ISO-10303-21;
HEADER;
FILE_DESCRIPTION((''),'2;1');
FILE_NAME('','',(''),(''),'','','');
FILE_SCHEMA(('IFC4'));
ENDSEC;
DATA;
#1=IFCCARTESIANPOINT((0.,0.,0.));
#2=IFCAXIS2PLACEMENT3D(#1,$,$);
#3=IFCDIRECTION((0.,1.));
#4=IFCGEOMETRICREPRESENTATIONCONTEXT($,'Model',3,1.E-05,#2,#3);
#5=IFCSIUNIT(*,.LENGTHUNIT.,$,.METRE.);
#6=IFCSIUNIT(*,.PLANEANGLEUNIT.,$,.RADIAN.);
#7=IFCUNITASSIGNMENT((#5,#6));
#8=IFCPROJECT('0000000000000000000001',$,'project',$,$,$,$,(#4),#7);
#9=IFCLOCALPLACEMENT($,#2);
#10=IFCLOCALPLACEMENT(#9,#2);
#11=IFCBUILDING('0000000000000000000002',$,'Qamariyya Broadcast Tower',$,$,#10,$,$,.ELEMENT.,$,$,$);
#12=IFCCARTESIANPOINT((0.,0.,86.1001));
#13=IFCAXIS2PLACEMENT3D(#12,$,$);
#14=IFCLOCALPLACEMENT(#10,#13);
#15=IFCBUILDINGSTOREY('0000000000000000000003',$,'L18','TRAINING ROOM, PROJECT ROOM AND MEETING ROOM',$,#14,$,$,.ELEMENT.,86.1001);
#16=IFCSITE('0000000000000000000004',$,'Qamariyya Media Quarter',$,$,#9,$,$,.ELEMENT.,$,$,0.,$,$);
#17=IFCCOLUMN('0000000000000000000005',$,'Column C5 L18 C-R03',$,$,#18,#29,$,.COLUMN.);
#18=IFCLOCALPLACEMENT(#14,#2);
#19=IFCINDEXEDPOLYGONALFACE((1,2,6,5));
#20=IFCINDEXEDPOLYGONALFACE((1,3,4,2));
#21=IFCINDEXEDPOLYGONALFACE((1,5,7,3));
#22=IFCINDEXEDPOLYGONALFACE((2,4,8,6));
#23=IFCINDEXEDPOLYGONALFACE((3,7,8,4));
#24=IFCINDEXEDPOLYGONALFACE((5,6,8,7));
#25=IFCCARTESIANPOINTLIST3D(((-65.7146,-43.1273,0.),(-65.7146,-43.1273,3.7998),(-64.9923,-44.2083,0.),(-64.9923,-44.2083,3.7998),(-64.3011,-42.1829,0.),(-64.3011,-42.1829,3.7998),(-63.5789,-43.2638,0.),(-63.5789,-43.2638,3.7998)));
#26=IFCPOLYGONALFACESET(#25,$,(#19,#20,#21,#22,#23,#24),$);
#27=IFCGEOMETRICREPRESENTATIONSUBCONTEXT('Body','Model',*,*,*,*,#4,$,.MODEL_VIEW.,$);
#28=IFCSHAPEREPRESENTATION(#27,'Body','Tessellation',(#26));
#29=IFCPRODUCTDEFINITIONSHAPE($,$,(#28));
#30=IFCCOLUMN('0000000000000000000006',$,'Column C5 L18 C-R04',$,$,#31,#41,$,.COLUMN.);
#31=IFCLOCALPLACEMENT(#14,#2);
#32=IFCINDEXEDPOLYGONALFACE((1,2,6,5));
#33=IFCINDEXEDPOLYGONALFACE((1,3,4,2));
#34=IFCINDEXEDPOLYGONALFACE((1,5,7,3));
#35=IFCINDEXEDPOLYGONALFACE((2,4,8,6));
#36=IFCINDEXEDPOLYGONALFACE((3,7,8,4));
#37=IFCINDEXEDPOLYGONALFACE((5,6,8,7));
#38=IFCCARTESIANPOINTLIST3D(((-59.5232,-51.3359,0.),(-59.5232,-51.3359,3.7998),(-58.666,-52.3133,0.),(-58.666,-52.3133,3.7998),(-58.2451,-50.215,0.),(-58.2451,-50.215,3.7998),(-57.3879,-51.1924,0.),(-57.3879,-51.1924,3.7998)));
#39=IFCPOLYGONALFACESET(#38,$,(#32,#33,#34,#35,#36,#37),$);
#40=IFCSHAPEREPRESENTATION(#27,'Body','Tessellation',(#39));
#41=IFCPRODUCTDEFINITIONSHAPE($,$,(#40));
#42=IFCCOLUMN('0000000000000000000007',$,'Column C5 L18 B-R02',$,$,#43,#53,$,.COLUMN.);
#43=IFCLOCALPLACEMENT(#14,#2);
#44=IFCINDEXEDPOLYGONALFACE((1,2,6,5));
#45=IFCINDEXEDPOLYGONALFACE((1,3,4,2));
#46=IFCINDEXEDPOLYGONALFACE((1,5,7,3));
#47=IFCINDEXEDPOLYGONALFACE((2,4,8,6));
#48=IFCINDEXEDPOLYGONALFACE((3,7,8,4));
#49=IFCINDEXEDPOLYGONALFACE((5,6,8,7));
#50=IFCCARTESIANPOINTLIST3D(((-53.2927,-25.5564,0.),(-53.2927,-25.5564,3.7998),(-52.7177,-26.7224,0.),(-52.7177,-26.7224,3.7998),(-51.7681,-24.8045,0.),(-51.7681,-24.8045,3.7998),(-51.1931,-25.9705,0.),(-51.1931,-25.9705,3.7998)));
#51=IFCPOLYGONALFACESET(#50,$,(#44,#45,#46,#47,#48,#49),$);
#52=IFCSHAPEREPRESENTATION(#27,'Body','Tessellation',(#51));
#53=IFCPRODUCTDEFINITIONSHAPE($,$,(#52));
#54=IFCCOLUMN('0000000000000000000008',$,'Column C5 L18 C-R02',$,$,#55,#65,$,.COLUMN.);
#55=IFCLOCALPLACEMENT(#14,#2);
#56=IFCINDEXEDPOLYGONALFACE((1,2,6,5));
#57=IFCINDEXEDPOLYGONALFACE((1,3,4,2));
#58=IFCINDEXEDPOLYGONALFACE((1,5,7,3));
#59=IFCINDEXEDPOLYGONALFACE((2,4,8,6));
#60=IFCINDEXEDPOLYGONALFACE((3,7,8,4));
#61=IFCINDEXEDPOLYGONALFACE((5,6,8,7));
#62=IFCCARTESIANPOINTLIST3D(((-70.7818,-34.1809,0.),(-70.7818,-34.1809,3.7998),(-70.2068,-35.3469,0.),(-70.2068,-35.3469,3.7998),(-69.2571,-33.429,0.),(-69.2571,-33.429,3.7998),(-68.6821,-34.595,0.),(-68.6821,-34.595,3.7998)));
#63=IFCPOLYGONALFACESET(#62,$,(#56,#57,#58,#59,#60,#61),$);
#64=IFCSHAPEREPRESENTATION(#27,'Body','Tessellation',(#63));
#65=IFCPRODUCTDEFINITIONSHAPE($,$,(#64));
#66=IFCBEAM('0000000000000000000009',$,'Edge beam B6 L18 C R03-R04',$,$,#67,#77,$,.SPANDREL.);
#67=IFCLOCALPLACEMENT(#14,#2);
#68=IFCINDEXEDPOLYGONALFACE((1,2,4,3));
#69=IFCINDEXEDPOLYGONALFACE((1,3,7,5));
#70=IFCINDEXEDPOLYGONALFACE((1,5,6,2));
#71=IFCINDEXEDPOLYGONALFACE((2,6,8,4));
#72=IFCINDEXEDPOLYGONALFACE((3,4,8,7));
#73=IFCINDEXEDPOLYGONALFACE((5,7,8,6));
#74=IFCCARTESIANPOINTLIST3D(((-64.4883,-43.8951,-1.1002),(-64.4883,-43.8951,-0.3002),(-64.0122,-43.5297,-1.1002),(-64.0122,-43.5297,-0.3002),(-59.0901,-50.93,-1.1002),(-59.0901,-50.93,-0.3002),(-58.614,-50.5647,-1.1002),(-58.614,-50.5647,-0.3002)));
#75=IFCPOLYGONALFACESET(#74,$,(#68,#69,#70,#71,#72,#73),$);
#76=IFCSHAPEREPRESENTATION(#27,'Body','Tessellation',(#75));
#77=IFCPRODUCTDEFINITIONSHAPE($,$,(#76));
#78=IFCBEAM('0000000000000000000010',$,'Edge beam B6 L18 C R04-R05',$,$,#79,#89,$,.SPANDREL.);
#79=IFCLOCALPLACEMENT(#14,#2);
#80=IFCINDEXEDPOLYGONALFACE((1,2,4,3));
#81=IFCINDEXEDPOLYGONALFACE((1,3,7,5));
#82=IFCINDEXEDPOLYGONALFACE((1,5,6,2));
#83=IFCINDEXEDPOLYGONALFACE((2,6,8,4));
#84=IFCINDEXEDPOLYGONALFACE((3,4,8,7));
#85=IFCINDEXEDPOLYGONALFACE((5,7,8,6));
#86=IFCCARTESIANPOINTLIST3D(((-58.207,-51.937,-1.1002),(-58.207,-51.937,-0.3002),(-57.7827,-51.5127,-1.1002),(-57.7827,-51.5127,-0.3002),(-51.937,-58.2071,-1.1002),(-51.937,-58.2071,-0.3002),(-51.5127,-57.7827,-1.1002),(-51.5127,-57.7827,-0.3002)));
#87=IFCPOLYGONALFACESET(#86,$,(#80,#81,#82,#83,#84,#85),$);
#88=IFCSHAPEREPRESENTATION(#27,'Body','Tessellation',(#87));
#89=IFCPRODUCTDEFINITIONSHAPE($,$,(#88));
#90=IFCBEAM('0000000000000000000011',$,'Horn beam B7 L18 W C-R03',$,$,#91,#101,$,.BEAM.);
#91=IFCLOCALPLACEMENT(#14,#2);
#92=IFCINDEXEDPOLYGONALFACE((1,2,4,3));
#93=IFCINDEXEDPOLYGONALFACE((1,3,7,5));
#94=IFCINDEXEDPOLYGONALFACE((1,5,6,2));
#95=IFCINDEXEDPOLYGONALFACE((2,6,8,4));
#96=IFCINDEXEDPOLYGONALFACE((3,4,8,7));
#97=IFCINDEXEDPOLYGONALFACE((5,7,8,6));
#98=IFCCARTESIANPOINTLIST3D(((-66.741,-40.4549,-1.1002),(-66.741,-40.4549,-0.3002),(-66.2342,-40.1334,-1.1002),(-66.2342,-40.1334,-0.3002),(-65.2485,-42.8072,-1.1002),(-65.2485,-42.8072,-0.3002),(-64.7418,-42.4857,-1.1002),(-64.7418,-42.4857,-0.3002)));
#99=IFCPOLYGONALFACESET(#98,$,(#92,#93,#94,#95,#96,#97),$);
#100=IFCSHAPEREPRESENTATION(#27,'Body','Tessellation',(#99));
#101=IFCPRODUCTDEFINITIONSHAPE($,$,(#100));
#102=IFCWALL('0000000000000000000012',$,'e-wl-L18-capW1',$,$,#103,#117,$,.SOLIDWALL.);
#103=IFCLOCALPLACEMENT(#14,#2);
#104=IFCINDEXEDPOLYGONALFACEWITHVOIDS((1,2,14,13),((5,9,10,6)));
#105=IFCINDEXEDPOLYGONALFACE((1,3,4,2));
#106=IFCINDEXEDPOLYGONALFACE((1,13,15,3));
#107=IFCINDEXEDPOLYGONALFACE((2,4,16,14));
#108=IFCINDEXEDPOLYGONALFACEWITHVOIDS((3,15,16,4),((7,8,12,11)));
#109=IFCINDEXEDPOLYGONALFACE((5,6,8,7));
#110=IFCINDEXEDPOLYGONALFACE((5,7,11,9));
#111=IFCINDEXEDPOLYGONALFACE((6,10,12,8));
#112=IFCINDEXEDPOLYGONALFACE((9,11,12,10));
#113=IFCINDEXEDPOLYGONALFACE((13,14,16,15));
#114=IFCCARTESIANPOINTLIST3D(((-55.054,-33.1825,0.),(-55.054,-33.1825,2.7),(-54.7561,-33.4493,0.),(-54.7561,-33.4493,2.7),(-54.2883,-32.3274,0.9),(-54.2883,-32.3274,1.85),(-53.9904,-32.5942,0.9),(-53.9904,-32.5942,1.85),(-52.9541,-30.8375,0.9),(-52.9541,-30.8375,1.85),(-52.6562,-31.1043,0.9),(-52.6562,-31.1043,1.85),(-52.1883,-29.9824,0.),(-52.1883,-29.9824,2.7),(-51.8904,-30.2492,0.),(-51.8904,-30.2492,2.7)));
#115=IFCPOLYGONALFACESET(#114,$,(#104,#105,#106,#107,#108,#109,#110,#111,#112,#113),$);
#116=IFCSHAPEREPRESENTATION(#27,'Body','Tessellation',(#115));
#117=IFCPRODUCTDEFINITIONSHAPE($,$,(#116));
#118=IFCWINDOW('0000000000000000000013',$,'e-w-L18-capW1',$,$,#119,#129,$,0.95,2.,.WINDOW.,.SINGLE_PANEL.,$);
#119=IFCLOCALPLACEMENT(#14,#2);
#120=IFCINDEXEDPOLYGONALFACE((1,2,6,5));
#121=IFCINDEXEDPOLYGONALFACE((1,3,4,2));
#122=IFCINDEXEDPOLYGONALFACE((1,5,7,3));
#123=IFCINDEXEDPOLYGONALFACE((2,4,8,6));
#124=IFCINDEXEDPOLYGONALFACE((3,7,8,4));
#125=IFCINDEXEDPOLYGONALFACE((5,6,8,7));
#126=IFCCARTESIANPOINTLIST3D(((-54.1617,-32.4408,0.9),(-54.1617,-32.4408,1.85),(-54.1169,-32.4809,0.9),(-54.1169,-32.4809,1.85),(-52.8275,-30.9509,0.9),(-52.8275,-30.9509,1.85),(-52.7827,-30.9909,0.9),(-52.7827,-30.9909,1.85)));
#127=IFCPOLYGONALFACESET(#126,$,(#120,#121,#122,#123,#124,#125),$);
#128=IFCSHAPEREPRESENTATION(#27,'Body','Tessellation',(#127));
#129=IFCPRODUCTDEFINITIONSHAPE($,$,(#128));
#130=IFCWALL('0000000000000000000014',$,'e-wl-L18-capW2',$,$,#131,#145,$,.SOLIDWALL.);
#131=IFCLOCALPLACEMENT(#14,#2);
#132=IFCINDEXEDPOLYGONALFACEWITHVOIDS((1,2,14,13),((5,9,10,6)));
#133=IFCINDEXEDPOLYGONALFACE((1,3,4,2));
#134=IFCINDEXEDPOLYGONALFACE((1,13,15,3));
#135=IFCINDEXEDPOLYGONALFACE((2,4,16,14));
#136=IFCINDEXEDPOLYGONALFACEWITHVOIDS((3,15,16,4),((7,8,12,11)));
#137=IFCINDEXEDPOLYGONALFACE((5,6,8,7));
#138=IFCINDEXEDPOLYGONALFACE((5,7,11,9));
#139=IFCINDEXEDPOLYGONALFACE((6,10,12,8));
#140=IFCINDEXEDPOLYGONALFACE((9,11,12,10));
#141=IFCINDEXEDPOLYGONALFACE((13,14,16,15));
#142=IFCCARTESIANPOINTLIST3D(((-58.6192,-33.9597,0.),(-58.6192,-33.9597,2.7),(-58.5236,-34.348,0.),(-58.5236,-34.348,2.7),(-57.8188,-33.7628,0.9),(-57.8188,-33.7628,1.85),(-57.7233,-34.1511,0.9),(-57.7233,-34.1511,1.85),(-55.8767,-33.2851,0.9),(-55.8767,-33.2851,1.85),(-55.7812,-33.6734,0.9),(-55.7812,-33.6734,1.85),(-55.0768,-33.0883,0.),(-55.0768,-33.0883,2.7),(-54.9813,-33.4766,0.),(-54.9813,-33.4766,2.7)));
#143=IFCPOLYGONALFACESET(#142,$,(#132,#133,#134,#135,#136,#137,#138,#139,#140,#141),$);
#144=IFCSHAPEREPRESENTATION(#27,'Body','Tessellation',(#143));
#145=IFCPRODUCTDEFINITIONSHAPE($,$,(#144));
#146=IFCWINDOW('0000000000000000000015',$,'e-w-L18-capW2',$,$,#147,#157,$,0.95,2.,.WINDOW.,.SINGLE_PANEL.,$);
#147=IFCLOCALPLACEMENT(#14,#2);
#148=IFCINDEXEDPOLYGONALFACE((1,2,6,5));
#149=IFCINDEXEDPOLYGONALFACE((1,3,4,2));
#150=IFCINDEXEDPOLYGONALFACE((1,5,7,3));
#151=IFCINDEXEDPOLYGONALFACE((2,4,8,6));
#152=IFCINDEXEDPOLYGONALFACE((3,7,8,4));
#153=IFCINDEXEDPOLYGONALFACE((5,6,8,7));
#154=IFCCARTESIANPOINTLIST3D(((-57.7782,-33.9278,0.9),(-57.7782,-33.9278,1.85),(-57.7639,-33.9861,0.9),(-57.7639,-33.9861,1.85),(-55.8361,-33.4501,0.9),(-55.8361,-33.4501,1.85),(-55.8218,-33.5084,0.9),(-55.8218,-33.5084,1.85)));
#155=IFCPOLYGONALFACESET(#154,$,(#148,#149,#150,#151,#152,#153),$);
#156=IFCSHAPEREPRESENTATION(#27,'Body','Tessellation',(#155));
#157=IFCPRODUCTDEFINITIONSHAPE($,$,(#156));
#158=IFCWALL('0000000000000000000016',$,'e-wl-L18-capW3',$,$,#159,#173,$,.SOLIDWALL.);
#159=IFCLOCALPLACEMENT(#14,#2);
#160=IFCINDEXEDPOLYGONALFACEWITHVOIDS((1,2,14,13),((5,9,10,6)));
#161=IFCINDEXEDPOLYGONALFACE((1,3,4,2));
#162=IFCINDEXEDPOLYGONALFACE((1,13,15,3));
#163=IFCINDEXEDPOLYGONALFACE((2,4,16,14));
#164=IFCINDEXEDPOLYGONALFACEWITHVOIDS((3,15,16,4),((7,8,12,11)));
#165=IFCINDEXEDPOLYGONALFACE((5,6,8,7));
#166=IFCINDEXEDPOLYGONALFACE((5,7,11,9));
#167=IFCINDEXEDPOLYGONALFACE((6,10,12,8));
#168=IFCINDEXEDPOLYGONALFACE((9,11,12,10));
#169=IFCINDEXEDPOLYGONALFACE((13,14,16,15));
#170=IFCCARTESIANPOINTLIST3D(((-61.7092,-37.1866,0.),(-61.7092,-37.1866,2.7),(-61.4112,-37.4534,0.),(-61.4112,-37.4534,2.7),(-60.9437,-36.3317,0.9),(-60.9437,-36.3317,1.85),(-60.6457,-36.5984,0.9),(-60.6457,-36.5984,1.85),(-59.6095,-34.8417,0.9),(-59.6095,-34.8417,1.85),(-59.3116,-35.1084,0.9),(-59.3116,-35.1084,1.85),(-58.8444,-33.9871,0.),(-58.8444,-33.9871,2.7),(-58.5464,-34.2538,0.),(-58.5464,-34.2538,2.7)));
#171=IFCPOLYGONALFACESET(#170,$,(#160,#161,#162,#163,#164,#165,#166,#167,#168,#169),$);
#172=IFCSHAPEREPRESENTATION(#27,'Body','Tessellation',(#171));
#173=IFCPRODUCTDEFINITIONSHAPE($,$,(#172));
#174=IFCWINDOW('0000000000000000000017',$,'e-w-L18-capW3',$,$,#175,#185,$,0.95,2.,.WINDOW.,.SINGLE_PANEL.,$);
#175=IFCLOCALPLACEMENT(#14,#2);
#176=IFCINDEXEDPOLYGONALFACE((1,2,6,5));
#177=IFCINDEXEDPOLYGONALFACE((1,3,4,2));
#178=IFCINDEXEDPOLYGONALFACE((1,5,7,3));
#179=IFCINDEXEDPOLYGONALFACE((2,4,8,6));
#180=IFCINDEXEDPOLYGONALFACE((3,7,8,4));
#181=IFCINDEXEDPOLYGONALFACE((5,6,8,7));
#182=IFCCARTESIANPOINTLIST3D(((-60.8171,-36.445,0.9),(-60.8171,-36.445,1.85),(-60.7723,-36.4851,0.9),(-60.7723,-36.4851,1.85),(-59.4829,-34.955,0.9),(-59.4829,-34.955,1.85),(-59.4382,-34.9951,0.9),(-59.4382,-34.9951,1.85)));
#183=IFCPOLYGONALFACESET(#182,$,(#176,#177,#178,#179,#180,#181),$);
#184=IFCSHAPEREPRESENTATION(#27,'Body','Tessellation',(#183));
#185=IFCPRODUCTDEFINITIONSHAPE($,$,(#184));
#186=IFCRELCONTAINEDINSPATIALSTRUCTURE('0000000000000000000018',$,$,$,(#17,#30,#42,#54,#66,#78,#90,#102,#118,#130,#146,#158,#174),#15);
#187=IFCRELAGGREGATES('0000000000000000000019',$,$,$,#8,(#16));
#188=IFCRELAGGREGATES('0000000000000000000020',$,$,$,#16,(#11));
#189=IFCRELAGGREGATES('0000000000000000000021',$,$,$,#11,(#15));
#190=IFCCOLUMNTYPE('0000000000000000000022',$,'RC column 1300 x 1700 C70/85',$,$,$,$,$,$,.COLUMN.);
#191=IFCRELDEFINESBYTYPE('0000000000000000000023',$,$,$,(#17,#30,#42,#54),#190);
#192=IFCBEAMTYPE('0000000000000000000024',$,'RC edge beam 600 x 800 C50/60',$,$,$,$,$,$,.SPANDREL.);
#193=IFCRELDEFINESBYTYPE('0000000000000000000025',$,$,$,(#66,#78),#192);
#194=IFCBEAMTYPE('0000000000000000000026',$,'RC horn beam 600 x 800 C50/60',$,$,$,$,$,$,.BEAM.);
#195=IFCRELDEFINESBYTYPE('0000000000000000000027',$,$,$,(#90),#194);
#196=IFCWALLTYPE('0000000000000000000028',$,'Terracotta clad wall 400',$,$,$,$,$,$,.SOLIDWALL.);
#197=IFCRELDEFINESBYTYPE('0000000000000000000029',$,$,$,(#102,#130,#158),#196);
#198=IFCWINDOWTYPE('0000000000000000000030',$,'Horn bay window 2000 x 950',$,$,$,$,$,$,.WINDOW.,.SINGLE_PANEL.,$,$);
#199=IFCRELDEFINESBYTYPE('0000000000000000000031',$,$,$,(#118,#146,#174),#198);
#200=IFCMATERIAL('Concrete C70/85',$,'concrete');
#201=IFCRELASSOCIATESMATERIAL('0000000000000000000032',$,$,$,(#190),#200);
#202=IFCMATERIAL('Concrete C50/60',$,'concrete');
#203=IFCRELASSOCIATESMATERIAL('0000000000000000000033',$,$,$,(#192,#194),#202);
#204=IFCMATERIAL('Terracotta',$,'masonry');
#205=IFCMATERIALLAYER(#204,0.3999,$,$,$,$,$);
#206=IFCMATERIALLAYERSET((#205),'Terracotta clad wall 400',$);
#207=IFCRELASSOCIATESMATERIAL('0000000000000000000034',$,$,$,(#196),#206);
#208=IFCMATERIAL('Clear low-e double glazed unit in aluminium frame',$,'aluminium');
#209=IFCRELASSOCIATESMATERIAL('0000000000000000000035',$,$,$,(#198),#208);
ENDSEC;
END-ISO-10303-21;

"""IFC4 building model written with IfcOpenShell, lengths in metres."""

from ifc_helpers import new_model, si_unit, direction, frame, frame_2d, origin, origin_2d, place, context, subcontext, project, spatial, rectangle, extrude, material, layer, layer_set, material_profile, profile_set, type_object, element, fill, save


model = new_model("IFC4")

# Units and contexts
model_context = context("Model", 3, precision=1e-05, world=origin(), true_north=direction((0.0, 1.0)))
body_context = subcontext(model_context, "Body", "Model", "MODEL_VIEW")
ifc_project = project(units=[si_unit("LENGTHUNIT", "METRE"), si_unit("PLANEANGLEUNIT", "RADIAN")], contexts=[model_context])

# Site, building, storey
site_placement = place(None, origin())
site = spatial("IfcSite", under=ifc_project, at=site_placement, Name="Qamariyya Media Quarter", CompositionType="ELEMENT", RefElevation=0.0)
building_placement = place(site_placement, origin())
building = spatial("IfcBuilding", under=site, at=building_placement, Name="Qamariyya Broadcast Tower", CompositionType="ELEMENT")
storey_placement = place(building_placement, frame((0.0, 0.0, 86.1001)))
storey = spatial("IfcBuildingStorey", under=building, at=storey_placement, Name="L18", Description="TRAINING ROOM, PROJECT ROOM AND MEETING ROOM", CompositionType="ELEMENT", Elevation=86.1001)

# Columns
ifc_material_1 = material(Name="Concrete C70/85", Category="concrete")
ifc_material_profile_1 = material_profile(ifc_material_1, rectangle(XDim=1.3, YDim=1.7, at=origin_2d()))
ifc_profile_set_1 = profile_set([ifc_material_profile_1], Name="Concrete C70/85")
column_type = type_object("IfcColumnType", Name="RC column 1300 x 1700 C70/85", PredefinedType="COLUMN", material=ifc_profile_set_1)
for number, where, z_axis, x_axis, name in (
    (1, (-64.6467, -43.1956, 0.0), (0.0, 0.0, 1.0), (0.55557, -0.83147, 0.0), "Column C5 L18 C-R03"),
    (2, (-58.4556, -51.2642, 0.0), (0.0, 0.0, 1.0), (0.659346, -0.75184, 0.0), "Column C5 L18 C-R04"),
    (3, (-52.2429, -25.7634, 0.0), (0.0, 0.0, 1.0), (0.442289, -0.896873, 0.0), "Column C5 L18 B-R02"),
    (4, (-69.7319, -34.3879, 0.0), (0.0, 0.0, 1.0), (0.442289, -0.896873, 0.0), "Column C5 L18 C-R02"),
):
    element("IfcColumn", number, at=place(storey_placement, frame(where, z_axis=z_axis, x_axis=x_axis)), inside=storey, type_object=column_type, Name=name, PredefinedType="COLUMN", context=body_context, shape_type="SweptSolid", body=[
        extrude(rectangle(XDim=1.3, YDim=1.7, at=origin_2d()), origin(), (0.0, 0.0, 1.0), 3.7998),
    ])

# Beams
ifc_material_2 = material(Name="Concrete C50/60", Category="concrete")
ifc_material_profile_2 = material_profile(ifc_material_2, rectangle(XDim=0.6001, YDim=0.8, at=origin_2d()))
ifc_profile_set_2 = profile_set([ifc_material_profile_2], Name="Concrete C50/60")
beam_type_1 = type_object("IfcBeamType", Name="RC edge beam 600 x 800 C50/60", PredefinedType="SPANDREL", material=ifc_profile_set_2)
beam_1_placement = place(storey_placement, frame((-64.2502, -43.7124, -0.7002), z_axis=(0.60877, -0.793347, 0.0), x_axis=(0.793347, 0.60877, 0.0)))
element("IfcBeam", 5, at=beam_1_placement, inside=storey, type_object=beam_type_1, Name="Edge beam B6 L18 C R03-R04", PredefinedType="SPANDREL", context=body_context, shape_type="SweptSolid", body=[
    extrude(rectangle(XDim=0.6001, YDim=0.8, at=origin_2d()), origin(), (0.0, 0.0, 1.0), 8.8674),
])
beam_2_placement = place(storey_placement, frame((-57.9949, -51.7249, -0.7002), z_axis=(0.707107, -0.707107, 0.0), x_axis=(0.707107, 0.707107, 0.0)))
element("IfcBeam", 6, at=beam_2_placement, inside=storey, type_object=beam_type_1, Name="Edge beam B6 L18 C R04-R05", PredefinedType="SPANDREL", context=body_context, shape_type="SweptSolid", body=[
    extrude(rectangle(XDim=0.6001, YDim=0.8, at=origin_2d()), origin(), (0.0, 0.0, 1.0), 8.8672),
])
ifc_material_profile_3 = material_profile(ifc_material_2, rectangle(XDim=0.6001, YDim=0.8, at=origin_2d()))
ifc_profile_set_3 = profile_set([ifc_material_profile_3], Name="Concrete C50/60")
beam_type_2 = type_object("IfcBeamType", Name="RC horn beam 600 x 800 C50/60", PredefinedType="BEAM", material=ifc_profile_set_3)
beam_3_placement = place(storey_placement, frame((-64.9951, -42.6465, -0.7002), z_axis=(-0.53573, 0.84439, 0.0), x_axis=(-0.84439, -0.53573, 0.0)))
element("IfcBeam", 7, at=beam_3_placement, inside=storey, type_object=beam_type_2, Name="Horn beam B7 L18 W C-R03", PredefinedType="BEAM", context=body_context, shape_type="SweptSolid", body=[
    extrude(rectangle(XDim=0.6001, YDim=0.8, at=origin_2d()), origin(), (0.0, 0.0, 1.0), 2.7859),
])

# Walls, openings, windows
ifc_material_3 = material(Name="Terracotta", Category="masonry")
ifc_layer = layer(ifc_material_3, 0.3999)
ifc_layer_set = layer_set([ifc_layer], Name="Terracotta clad wall 400")
wall_type = type_object("IfcWallType", Name="Terracotta clad wall 400", PredefinedType="SOLIDWALL", material=ifc_layer_set)
wall_1_placement = place(storey_placement, frame((-52.0393, -30.1157, 0.0), z_axis=(0.0, 0.0, 1.0), x_axis=(-0.667104, -0.744965, 0.0)))
wall_1 = element("IfcWall", 8, at=wall_1_placement, inside=storey, type_object=wall_type, Name="e-wl-L18-capW1", PredefinedType="SOLIDWALL", context=body_context, shape_type="SweptSolid", body=[
    extrude(rectangle(XDim=4.2957, YDim=0.3999, at=frame_2d((2.1479, 0.0))), origin(), (0.0, 0.0, 1.0), 2.7),
])
opening_1_placement = place(wall_1_placement, frame((1.1479, 0.0, 0.8999)))
opening_1 = element("IfcOpeningElement", 9, at=opening_1_placement, cuts=wall_1, PredefinedType="OPENING", context=body_context, shape_type="SweptSolid", body=[
    extrude(rectangle(XDim=2.0, YDim=0.95, at=frame_2d((1.0, 0.4751))), frame((0.0, 0.21, 0.0), z_axis=(0.0, -1.0, 0.0), x_axis=(1.0, 0.0, 0.0)), (0.0, 0.0, 1.0), 0.4199),
])
ifc_material_4 = material(Name="Clear low-e double glazed unit in aluminium frame", Category="aluminium")
window_type = type_object("IfcWindowType", Name="Horn bay window 2000 x 950", PartitioningType="SINGLE_PANEL", PredefinedType="WINDOW", material=ifc_material_4)
window_1_placement = place(opening_1_placement, origin())
window_1 = element("IfcWindow", 10, at=window_1_placement, inside=storey, type_object=window_type, Name="e-w-L18-capW1", OverallHeight=0.95, OverallWidth=2.0, PartitioningType="SINGLE_PANEL", PredefinedType="WINDOW", context=body_context, shape_type="SweptSolid", body=[
    extrude(rectangle(XDim=2.0, YDim=0.95, at=frame_2d((1.0, 0.4751))), frame((0.0, 0.03, 0.0), z_axis=(0.0, -1.0, 0.0), x_axis=(1.0, 0.0, 0.0)), (0.0, 0.0, 1.0), 0.0601),
])
fill(opening_1, window_1)
wall_2_placement = place(storey_placement, frame((-55.0291, -33.2825, 0.0), z_axis=(0.0, 0.0, 1.0), x_axis=(-0.971053, -0.238865, 0.0)))
wall_2 = element("IfcWall", 11, at=wall_2_placement, inside=storey, type_object=wall_type, Name="e-wl-L18-capW2", PredefinedType="SOLIDWALL", context=body_context, shape_type="SweptSolid", body=[
    extrude(rectangle(XDim=3.6479, YDim=0.3999, at=frame_2d((1.824, 0.0))), origin(), (0.0, 0.0, 1.0), 2.7),
])
opening_2_placement = place(wall_2_placement, frame((0.8237, 0.0, 0.8999)))
opening_2 = element("IfcOpeningElement", 12, at=opening_2_placement, cuts=wall_2, PredefinedType="OPENING", context=body_context, shape_type="SweptSolid", body=[
    extrude(rectangle(XDim=2.0, YDim=0.95, at=frame_2d((1.0, 0.4751))), frame((0.0, 0.21, 0.0), z_axis=(0.0, -1.0, 0.0), x_axis=(1.0, 0.0, 0.0)), (0.0, 0.0, 1.0), 0.4199),
])
window_2_placement = place(opening_2_placement, origin())
window_2 = element("IfcWindow", 13, at=window_2_placement, inside=storey, type_object=window_type, Name="e-w-L18-capW2", OverallHeight=0.95, OverallWidth=2.0, PartitioningType="SINGLE_PANEL", PredefinedType="WINDOW", context=body_context, shape_type="SweptSolid", body=[
    extrude(rectangle(XDim=2.0, YDim=0.95, at=frame_2d((1.0, 0.4751))), frame((0.0, 0.03, 0.0), z_axis=(0.0, -1.0, 0.0), x_axis=(1.0, 0.0, 0.0)), (0.0, 0.0, 1.0), 0.0601),
])
fill(opening_2, window_2)
wall_3_placement = place(storey_placement, frame((-58.6953, -34.1204, 0.0), z_axis=(0.0, 0.0, 1.0), x_axis=(-0.667062, -0.745002, 0.0)))
wall_3 = element("IfcWall", 14, at=wall_3_placement, inside=storey, type_object=wall_type, Name="e-wl-L18-capW3", PredefinedType="SOLIDWALL", context=body_context, shape_type="SweptSolid", body=[
    extrude(rectangle(XDim=4.2947, YDim=0.3999, at=frame_2d((2.1475, 0.0))), origin(), (0.0, 0.0, 1.0), 2.7),
])
opening_3_placement = place(wall_3_placement, frame((1.1472, 0.0, 0.8999)))
opening_3 = element("IfcOpeningElement", 15, at=opening_3_placement, cuts=wall_3, PredefinedType="OPENING", context=body_context, shape_type="SweptSolid", body=[
    extrude(rectangle(XDim=2.0, YDim=0.95, at=frame_2d((1.0, 0.4751))), frame((0.0, 0.21, 0.0), z_axis=(0.0, -1.0, 0.0), x_axis=(1.0, 0.0, 0.0)), (0.0, 0.0, 1.0), 0.4199),
])
window_3_placement = place(opening_3_placement, origin())
window_3 = element("IfcWindow", 16, at=window_3_placement, inside=storey, type_object=window_type, Name="e-w-L18-capW3", OverallHeight=0.95, OverallWidth=2.0, PartitioningType="SINGLE_PANEL", PredefinedType="WINDOW", context=body_context, shape_type="SweptSolid", body=[
    extrude(rectangle(XDim=2.0, YDim=0.95, at=frame_2d((1.0, 0.4751))), frame((0.0, 0.03, 0.0), z_axis=(0.0, -1.0, 0.0), x_axis=(1.0, 0.0, 0.0)), (0.0, 0.0, 1.0), 0.0601),
])
fill(opening_3, window_3)

save(model, "model.ifc")
